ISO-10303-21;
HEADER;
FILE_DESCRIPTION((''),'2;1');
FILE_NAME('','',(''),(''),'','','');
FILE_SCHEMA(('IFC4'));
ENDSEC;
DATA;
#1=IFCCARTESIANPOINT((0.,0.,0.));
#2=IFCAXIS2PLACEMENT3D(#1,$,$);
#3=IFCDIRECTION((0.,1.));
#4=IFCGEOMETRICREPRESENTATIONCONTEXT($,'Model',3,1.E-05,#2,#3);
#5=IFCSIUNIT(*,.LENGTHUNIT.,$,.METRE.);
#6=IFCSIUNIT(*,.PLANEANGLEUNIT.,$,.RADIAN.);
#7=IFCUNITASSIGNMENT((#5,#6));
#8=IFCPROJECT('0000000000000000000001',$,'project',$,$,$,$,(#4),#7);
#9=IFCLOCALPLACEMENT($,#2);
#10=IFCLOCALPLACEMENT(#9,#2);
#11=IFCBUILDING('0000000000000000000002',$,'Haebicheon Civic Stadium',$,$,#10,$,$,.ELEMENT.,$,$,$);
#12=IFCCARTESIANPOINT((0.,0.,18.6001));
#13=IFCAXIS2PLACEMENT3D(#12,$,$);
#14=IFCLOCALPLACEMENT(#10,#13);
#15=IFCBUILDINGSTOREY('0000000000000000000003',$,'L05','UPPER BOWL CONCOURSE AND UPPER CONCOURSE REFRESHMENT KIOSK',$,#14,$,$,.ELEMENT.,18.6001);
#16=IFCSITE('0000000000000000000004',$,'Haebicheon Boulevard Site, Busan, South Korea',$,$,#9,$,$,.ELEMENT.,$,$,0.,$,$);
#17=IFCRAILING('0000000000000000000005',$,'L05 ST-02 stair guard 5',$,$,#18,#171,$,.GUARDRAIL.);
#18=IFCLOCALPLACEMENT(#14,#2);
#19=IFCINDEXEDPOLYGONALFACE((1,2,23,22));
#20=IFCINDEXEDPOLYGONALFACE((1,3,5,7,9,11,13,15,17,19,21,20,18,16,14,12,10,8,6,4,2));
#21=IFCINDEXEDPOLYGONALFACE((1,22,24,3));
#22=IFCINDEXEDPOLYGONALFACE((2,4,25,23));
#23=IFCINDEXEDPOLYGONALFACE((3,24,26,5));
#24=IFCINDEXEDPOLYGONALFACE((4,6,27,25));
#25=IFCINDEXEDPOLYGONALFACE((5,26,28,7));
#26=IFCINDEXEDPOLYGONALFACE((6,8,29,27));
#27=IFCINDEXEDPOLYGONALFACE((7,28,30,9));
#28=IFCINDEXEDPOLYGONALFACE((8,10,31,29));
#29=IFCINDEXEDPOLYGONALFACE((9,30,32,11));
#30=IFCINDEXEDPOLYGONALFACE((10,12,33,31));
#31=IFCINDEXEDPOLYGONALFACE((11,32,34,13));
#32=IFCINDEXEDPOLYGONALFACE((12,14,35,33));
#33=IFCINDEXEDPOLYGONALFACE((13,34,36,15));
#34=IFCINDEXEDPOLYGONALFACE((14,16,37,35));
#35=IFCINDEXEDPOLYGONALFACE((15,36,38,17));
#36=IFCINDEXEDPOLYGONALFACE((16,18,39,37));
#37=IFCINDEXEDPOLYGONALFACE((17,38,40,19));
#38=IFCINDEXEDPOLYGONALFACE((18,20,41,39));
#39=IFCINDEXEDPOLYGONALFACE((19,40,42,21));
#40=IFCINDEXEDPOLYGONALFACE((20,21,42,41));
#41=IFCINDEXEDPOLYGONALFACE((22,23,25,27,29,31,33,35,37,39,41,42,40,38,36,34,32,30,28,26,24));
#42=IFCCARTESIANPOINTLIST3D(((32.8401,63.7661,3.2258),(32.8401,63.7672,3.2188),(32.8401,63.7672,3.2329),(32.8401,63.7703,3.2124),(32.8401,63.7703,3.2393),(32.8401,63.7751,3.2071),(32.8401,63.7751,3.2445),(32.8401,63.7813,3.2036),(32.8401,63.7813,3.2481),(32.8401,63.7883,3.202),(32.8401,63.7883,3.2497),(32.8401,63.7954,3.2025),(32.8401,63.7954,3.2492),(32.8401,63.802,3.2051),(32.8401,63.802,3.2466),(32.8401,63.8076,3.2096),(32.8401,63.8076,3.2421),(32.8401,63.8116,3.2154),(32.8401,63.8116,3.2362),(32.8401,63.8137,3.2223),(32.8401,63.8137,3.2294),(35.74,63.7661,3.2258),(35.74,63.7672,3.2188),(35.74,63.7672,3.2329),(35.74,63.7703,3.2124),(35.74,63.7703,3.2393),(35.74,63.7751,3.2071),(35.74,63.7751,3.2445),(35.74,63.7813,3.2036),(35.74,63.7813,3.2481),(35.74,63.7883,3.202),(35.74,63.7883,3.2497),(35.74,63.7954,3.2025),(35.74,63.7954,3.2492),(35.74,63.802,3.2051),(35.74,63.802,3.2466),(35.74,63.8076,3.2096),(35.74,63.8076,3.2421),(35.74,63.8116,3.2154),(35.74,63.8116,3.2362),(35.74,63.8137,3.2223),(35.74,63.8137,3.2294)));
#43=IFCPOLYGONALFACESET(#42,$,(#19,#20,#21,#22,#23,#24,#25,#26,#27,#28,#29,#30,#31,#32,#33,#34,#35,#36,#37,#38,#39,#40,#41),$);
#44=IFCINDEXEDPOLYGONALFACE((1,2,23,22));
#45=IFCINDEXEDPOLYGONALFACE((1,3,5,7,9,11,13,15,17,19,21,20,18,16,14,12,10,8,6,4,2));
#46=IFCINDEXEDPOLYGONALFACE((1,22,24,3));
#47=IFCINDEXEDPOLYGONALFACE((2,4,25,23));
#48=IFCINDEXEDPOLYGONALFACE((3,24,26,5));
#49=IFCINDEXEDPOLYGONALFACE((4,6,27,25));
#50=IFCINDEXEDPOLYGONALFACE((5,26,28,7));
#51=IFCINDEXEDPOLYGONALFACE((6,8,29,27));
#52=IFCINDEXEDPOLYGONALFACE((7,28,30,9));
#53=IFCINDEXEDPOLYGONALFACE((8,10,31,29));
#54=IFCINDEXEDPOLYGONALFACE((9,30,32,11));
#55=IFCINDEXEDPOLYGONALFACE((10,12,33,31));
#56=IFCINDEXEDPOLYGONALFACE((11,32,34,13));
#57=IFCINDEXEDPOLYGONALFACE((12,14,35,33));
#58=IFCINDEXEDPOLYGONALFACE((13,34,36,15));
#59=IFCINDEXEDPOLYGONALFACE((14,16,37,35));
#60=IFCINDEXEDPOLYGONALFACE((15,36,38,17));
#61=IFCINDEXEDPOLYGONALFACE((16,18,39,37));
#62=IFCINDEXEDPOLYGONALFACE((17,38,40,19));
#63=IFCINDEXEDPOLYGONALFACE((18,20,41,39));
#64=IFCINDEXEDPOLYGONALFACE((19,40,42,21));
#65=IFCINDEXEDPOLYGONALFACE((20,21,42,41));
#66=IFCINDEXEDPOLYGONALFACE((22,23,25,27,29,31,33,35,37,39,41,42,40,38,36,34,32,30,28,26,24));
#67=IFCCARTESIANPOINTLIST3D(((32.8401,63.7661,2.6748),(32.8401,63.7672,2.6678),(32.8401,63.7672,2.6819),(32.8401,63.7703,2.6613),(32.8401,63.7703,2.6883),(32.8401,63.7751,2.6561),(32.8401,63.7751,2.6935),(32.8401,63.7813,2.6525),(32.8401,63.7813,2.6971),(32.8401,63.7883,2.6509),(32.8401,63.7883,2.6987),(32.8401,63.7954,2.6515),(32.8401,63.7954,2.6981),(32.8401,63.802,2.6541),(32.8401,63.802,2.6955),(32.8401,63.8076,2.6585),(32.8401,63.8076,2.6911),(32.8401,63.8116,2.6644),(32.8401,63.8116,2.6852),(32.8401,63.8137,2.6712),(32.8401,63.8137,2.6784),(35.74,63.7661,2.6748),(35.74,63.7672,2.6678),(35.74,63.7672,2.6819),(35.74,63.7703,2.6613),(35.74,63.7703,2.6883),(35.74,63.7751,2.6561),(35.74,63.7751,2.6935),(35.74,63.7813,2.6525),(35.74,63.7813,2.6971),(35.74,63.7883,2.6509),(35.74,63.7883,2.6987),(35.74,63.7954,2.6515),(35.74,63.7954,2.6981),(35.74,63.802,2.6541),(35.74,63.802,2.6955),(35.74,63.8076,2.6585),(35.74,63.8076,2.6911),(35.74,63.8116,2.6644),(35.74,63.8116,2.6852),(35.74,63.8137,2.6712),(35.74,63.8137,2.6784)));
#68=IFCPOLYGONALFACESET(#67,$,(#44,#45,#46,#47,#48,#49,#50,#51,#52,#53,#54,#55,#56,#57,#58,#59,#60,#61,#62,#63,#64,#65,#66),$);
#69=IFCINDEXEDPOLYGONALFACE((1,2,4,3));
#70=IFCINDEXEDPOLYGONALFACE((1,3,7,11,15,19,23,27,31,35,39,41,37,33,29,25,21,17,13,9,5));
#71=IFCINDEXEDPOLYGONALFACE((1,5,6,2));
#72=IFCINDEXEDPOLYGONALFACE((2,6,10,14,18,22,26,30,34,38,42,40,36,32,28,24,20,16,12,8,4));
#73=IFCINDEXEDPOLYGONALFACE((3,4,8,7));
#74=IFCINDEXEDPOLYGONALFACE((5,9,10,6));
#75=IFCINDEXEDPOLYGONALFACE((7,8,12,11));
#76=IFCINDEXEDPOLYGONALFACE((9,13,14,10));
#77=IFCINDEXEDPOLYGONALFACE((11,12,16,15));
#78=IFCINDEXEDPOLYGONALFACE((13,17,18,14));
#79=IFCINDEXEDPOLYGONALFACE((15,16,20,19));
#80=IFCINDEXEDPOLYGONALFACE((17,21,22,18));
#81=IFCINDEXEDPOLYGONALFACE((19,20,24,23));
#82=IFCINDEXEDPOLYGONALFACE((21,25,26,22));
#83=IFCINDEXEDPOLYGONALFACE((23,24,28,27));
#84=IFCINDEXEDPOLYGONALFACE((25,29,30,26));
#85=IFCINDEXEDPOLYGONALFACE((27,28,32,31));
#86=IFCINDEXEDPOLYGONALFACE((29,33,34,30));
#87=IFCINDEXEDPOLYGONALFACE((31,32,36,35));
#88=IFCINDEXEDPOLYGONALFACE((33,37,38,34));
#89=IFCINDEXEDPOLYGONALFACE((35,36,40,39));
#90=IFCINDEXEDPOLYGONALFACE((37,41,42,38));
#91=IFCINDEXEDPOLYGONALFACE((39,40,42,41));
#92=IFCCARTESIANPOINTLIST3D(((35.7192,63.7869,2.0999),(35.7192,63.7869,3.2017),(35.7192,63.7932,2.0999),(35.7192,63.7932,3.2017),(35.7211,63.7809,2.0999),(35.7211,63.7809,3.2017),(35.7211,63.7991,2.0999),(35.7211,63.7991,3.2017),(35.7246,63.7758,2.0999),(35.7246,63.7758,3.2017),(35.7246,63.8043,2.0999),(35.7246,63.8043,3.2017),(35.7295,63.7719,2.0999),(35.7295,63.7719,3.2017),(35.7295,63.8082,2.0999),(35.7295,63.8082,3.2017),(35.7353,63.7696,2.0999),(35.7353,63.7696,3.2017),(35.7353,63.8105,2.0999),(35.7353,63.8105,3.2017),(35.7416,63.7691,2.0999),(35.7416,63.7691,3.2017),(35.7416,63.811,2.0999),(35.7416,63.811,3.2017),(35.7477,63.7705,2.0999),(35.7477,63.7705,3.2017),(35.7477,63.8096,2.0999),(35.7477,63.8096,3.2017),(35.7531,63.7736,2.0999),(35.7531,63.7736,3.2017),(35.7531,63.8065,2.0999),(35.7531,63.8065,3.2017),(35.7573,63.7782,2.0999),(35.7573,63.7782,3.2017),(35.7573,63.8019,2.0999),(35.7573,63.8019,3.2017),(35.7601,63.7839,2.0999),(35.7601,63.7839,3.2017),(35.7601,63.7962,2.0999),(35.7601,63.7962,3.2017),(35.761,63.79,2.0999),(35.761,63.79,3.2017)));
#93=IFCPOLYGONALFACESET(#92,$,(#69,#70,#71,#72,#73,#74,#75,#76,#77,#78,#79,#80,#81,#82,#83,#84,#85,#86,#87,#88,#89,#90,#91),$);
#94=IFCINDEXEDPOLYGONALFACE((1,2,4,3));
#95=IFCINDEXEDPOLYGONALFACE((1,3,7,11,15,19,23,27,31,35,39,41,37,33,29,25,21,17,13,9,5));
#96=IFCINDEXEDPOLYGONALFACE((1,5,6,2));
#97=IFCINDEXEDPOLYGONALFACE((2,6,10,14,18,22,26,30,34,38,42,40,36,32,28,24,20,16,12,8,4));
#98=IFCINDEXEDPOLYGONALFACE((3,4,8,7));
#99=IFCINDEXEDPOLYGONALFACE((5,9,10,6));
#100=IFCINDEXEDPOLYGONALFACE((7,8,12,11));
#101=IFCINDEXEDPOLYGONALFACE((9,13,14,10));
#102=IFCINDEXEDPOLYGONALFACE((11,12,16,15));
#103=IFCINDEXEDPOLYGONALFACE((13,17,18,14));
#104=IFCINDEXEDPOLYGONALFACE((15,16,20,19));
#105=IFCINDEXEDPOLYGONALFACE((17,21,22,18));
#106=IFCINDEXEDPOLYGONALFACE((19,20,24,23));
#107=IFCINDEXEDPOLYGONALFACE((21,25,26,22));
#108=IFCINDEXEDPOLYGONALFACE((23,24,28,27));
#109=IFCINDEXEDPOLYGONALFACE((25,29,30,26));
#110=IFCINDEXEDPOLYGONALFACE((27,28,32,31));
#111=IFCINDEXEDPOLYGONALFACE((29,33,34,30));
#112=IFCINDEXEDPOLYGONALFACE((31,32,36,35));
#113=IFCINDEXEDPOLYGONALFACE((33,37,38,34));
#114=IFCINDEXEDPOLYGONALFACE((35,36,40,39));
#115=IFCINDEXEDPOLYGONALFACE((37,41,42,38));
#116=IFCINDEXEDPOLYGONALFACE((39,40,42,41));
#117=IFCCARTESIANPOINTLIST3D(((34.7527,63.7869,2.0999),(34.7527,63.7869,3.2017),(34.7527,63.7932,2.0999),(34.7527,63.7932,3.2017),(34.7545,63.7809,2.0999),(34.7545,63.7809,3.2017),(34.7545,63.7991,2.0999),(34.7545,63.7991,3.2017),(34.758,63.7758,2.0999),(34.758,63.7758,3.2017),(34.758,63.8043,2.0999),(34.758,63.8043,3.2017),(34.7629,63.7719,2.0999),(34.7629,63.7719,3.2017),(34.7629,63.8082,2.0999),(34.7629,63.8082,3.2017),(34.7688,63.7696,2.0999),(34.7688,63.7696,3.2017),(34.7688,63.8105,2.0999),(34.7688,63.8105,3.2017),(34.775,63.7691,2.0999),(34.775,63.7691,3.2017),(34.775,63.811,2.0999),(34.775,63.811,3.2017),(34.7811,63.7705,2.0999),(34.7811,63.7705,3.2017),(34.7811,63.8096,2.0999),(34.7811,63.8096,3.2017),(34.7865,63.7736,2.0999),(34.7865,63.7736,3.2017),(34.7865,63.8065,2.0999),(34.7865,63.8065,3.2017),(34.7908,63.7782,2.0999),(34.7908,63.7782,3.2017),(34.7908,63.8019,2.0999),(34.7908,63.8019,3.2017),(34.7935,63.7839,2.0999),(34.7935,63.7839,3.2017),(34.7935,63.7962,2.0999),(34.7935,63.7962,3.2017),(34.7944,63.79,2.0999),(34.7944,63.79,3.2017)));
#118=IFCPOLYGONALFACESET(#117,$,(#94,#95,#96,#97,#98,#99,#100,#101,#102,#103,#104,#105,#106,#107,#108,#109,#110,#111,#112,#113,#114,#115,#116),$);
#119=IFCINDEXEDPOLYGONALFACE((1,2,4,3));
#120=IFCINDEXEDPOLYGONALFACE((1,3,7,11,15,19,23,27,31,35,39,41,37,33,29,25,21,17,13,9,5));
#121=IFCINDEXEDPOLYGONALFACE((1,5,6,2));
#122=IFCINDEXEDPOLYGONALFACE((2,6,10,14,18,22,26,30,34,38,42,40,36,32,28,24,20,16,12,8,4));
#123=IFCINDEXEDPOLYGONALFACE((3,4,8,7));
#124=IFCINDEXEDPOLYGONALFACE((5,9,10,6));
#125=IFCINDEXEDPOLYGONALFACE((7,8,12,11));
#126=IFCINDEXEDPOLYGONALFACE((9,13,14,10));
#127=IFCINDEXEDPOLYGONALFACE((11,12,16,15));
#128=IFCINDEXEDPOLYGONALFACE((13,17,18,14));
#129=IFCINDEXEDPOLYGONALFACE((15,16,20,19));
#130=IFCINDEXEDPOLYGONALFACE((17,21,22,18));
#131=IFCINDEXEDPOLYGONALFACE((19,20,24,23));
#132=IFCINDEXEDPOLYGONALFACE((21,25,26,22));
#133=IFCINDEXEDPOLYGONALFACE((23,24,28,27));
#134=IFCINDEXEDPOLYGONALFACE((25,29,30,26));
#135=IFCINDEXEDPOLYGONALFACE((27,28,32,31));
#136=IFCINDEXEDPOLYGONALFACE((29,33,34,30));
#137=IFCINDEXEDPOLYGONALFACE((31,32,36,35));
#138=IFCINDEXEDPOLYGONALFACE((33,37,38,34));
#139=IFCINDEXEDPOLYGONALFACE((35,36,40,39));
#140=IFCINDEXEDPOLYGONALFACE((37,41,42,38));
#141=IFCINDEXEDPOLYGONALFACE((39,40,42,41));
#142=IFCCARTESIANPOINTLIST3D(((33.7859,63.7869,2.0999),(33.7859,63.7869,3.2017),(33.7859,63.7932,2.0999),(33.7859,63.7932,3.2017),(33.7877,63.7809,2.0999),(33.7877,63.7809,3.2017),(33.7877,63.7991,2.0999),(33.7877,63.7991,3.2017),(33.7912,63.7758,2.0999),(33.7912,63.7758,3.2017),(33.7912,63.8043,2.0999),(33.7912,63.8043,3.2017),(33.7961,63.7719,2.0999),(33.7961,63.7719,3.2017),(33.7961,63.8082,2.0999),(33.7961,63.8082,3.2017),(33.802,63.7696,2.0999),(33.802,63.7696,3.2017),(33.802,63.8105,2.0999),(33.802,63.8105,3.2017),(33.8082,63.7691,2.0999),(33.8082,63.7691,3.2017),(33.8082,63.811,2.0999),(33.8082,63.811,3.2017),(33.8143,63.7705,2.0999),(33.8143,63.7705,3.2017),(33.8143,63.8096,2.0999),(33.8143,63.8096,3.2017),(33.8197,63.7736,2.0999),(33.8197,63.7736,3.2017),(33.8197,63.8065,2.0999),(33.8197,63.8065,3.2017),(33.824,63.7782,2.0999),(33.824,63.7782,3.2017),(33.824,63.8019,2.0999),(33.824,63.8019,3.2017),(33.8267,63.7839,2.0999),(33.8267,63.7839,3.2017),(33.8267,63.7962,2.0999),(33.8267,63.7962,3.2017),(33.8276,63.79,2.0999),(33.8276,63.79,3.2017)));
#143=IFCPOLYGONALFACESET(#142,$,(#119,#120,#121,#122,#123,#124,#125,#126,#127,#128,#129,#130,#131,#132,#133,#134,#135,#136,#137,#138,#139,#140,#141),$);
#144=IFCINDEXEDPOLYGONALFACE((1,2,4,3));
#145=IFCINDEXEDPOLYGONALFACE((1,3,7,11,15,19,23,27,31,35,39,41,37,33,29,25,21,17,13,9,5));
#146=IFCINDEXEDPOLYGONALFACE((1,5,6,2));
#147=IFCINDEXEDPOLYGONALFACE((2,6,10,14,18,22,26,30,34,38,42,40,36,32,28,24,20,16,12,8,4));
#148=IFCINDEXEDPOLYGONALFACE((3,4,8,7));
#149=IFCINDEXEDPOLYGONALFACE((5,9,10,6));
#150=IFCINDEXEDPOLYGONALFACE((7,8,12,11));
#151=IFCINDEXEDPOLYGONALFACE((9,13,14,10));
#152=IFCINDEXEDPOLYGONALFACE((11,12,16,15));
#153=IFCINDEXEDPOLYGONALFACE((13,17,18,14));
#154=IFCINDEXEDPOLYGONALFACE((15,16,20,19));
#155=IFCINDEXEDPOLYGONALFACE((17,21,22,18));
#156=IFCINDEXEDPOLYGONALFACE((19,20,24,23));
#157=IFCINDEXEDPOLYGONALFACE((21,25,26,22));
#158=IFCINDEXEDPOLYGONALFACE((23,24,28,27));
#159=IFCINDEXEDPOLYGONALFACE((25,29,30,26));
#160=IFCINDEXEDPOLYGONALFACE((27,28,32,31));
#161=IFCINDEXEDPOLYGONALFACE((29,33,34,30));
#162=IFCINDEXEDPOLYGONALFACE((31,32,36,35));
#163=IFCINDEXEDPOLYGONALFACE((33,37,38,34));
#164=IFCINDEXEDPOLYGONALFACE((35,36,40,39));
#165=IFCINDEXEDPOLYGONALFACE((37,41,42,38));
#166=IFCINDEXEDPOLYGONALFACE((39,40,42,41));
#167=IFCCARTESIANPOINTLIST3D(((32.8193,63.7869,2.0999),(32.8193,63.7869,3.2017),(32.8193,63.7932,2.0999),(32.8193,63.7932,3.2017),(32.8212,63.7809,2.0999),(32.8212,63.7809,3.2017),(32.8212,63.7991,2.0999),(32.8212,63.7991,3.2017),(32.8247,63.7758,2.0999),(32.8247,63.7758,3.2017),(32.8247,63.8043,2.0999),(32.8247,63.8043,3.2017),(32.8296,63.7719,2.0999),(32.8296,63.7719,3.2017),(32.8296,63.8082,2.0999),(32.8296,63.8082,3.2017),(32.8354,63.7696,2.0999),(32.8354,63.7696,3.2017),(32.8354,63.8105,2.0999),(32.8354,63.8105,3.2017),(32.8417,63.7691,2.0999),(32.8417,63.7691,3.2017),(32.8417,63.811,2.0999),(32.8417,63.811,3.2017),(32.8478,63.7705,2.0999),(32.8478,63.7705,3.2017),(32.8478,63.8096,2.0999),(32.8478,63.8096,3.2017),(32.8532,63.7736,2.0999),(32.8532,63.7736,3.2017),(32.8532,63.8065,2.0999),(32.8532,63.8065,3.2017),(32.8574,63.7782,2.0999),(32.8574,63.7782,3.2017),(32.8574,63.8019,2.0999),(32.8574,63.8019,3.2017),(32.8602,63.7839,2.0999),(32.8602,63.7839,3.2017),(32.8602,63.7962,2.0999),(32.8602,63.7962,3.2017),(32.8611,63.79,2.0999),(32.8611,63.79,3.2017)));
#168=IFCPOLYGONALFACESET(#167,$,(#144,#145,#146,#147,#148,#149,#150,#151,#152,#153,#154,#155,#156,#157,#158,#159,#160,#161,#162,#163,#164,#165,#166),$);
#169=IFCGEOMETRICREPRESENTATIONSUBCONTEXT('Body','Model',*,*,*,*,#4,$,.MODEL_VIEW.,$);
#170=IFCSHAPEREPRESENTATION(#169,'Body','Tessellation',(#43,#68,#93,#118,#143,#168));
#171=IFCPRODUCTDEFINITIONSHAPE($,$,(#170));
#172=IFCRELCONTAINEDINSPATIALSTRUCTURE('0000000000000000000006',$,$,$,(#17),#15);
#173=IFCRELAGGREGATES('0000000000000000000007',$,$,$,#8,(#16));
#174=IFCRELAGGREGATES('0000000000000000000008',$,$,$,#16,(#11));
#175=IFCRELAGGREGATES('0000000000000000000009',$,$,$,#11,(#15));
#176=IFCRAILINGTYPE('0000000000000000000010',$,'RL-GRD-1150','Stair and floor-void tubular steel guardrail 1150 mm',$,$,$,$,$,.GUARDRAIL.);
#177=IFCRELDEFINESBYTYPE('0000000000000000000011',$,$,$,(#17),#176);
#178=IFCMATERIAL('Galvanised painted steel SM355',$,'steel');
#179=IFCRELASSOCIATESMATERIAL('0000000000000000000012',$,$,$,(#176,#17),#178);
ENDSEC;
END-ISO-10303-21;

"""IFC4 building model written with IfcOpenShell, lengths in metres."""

from ifc_helpers import new_model, si_unit, direction, frame, origin, origin_2d, place, context, subcontext, project, spatial, circle, extrude, material, type_object, element, save


model = new_model("IFC4")

# Units and contexts
model_context = context("Model", 3, precision=1e-05, world=origin(), true_north=direction((0.0, 1.0)))
body_context = subcontext(model_context, "Body", "Model", "MODEL_VIEW")
ifc_project = project(units=[si_unit("LENGTHUNIT", "METRE"), si_unit("PLANEANGLEUNIT", "RADIAN")], contexts=[model_context])

# Site, building, storey
site_placement = place(None, origin())
site = spatial("IfcSite", under=ifc_project, at=site_placement, Name="Haebicheon Boulevard Site, Busan, South Korea", CompositionType="ELEMENT", RefElevation=0.0)
building_placement = place(site_placement, origin())
building = spatial("IfcBuilding", under=site, at=building_placement, Name="Haebicheon Civic Stadium", CompositionType="ELEMENT")
storey_placement = place(building_placement, frame((0.0, 0.0, 18.6001)))
storey = spatial("IfcBuildingStorey", under=building, at=storey_placement, Name="L05", Description="UPPER BOWL CONCOURSE AND UPPER CONCOURSE REFRESHMENT KIOSK", CompositionType="ELEMENT", Elevation=18.6001)

# Railing
ifc_material_1 = material(Name="Galvanised painted steel SM355", Category="steel")
railing_type_1 = type_object("IfcRailingType", Name="RL-GRD-1150", Description="Stair and floor-void tubular steel guardrail 1150 mm", PredefinedType="GUARDRAIL", material=ifc_material_1)
railing_1_placement = place(storey_placement, frame((35.74, 63.79, 2.0999)))
element("IfcRailing", 1, at=railing_1_placement, inside=storey, type_object=railing_type_1, material=ifc_material_1, Name="L05 ST-02 stair guard 5", PredefinedType="GUARDRAIL", context=body_context, shape_type="SweptSolid", body=[
    extrude(circle(Radius=0.0239, at=origin_2d()), frame((0.0, 0.0, 1.126), z_axis=(-1.0, 0.0, 0.0), x_axis=(0.0, -1.0, 0.0)), (0.0, 0.0, 1.0), 2.8999),
    extrude(circle(Radius=0.0239, at=origin_2d()), frame((0.0, 0.0, 0.575), z_axis=(-1.0, 0.0, 0.0), x_axis=(0.0, -1.0, 0.0)), (0.0, 0.0, 1.0), 2.8999),
    extrude(circle(Radius=0.021, at=origin_2d()), origin(), (0.0, 0.0, 1.0), 1.1018),
    extrude(circle(Radius=0.021, at=origin_2d()), frame((-0.9666, 0.0, 0.0)), (0.0, 0.0, 1.0), 1.1018),
    extrude(circle(Radius=0.021, at=origin_2d()), frame((-1.9333, 0.0, 0.0)), (0.0, 0.0, 1.0), 1.1018),
    extrude(circle(Radius=0.021, at=origin_2d()), frame((-2.8999, 0.0, 0.0)), (0.0, 0.0, 1.0), 1.1018),
])

save(model, "model.ifc")
